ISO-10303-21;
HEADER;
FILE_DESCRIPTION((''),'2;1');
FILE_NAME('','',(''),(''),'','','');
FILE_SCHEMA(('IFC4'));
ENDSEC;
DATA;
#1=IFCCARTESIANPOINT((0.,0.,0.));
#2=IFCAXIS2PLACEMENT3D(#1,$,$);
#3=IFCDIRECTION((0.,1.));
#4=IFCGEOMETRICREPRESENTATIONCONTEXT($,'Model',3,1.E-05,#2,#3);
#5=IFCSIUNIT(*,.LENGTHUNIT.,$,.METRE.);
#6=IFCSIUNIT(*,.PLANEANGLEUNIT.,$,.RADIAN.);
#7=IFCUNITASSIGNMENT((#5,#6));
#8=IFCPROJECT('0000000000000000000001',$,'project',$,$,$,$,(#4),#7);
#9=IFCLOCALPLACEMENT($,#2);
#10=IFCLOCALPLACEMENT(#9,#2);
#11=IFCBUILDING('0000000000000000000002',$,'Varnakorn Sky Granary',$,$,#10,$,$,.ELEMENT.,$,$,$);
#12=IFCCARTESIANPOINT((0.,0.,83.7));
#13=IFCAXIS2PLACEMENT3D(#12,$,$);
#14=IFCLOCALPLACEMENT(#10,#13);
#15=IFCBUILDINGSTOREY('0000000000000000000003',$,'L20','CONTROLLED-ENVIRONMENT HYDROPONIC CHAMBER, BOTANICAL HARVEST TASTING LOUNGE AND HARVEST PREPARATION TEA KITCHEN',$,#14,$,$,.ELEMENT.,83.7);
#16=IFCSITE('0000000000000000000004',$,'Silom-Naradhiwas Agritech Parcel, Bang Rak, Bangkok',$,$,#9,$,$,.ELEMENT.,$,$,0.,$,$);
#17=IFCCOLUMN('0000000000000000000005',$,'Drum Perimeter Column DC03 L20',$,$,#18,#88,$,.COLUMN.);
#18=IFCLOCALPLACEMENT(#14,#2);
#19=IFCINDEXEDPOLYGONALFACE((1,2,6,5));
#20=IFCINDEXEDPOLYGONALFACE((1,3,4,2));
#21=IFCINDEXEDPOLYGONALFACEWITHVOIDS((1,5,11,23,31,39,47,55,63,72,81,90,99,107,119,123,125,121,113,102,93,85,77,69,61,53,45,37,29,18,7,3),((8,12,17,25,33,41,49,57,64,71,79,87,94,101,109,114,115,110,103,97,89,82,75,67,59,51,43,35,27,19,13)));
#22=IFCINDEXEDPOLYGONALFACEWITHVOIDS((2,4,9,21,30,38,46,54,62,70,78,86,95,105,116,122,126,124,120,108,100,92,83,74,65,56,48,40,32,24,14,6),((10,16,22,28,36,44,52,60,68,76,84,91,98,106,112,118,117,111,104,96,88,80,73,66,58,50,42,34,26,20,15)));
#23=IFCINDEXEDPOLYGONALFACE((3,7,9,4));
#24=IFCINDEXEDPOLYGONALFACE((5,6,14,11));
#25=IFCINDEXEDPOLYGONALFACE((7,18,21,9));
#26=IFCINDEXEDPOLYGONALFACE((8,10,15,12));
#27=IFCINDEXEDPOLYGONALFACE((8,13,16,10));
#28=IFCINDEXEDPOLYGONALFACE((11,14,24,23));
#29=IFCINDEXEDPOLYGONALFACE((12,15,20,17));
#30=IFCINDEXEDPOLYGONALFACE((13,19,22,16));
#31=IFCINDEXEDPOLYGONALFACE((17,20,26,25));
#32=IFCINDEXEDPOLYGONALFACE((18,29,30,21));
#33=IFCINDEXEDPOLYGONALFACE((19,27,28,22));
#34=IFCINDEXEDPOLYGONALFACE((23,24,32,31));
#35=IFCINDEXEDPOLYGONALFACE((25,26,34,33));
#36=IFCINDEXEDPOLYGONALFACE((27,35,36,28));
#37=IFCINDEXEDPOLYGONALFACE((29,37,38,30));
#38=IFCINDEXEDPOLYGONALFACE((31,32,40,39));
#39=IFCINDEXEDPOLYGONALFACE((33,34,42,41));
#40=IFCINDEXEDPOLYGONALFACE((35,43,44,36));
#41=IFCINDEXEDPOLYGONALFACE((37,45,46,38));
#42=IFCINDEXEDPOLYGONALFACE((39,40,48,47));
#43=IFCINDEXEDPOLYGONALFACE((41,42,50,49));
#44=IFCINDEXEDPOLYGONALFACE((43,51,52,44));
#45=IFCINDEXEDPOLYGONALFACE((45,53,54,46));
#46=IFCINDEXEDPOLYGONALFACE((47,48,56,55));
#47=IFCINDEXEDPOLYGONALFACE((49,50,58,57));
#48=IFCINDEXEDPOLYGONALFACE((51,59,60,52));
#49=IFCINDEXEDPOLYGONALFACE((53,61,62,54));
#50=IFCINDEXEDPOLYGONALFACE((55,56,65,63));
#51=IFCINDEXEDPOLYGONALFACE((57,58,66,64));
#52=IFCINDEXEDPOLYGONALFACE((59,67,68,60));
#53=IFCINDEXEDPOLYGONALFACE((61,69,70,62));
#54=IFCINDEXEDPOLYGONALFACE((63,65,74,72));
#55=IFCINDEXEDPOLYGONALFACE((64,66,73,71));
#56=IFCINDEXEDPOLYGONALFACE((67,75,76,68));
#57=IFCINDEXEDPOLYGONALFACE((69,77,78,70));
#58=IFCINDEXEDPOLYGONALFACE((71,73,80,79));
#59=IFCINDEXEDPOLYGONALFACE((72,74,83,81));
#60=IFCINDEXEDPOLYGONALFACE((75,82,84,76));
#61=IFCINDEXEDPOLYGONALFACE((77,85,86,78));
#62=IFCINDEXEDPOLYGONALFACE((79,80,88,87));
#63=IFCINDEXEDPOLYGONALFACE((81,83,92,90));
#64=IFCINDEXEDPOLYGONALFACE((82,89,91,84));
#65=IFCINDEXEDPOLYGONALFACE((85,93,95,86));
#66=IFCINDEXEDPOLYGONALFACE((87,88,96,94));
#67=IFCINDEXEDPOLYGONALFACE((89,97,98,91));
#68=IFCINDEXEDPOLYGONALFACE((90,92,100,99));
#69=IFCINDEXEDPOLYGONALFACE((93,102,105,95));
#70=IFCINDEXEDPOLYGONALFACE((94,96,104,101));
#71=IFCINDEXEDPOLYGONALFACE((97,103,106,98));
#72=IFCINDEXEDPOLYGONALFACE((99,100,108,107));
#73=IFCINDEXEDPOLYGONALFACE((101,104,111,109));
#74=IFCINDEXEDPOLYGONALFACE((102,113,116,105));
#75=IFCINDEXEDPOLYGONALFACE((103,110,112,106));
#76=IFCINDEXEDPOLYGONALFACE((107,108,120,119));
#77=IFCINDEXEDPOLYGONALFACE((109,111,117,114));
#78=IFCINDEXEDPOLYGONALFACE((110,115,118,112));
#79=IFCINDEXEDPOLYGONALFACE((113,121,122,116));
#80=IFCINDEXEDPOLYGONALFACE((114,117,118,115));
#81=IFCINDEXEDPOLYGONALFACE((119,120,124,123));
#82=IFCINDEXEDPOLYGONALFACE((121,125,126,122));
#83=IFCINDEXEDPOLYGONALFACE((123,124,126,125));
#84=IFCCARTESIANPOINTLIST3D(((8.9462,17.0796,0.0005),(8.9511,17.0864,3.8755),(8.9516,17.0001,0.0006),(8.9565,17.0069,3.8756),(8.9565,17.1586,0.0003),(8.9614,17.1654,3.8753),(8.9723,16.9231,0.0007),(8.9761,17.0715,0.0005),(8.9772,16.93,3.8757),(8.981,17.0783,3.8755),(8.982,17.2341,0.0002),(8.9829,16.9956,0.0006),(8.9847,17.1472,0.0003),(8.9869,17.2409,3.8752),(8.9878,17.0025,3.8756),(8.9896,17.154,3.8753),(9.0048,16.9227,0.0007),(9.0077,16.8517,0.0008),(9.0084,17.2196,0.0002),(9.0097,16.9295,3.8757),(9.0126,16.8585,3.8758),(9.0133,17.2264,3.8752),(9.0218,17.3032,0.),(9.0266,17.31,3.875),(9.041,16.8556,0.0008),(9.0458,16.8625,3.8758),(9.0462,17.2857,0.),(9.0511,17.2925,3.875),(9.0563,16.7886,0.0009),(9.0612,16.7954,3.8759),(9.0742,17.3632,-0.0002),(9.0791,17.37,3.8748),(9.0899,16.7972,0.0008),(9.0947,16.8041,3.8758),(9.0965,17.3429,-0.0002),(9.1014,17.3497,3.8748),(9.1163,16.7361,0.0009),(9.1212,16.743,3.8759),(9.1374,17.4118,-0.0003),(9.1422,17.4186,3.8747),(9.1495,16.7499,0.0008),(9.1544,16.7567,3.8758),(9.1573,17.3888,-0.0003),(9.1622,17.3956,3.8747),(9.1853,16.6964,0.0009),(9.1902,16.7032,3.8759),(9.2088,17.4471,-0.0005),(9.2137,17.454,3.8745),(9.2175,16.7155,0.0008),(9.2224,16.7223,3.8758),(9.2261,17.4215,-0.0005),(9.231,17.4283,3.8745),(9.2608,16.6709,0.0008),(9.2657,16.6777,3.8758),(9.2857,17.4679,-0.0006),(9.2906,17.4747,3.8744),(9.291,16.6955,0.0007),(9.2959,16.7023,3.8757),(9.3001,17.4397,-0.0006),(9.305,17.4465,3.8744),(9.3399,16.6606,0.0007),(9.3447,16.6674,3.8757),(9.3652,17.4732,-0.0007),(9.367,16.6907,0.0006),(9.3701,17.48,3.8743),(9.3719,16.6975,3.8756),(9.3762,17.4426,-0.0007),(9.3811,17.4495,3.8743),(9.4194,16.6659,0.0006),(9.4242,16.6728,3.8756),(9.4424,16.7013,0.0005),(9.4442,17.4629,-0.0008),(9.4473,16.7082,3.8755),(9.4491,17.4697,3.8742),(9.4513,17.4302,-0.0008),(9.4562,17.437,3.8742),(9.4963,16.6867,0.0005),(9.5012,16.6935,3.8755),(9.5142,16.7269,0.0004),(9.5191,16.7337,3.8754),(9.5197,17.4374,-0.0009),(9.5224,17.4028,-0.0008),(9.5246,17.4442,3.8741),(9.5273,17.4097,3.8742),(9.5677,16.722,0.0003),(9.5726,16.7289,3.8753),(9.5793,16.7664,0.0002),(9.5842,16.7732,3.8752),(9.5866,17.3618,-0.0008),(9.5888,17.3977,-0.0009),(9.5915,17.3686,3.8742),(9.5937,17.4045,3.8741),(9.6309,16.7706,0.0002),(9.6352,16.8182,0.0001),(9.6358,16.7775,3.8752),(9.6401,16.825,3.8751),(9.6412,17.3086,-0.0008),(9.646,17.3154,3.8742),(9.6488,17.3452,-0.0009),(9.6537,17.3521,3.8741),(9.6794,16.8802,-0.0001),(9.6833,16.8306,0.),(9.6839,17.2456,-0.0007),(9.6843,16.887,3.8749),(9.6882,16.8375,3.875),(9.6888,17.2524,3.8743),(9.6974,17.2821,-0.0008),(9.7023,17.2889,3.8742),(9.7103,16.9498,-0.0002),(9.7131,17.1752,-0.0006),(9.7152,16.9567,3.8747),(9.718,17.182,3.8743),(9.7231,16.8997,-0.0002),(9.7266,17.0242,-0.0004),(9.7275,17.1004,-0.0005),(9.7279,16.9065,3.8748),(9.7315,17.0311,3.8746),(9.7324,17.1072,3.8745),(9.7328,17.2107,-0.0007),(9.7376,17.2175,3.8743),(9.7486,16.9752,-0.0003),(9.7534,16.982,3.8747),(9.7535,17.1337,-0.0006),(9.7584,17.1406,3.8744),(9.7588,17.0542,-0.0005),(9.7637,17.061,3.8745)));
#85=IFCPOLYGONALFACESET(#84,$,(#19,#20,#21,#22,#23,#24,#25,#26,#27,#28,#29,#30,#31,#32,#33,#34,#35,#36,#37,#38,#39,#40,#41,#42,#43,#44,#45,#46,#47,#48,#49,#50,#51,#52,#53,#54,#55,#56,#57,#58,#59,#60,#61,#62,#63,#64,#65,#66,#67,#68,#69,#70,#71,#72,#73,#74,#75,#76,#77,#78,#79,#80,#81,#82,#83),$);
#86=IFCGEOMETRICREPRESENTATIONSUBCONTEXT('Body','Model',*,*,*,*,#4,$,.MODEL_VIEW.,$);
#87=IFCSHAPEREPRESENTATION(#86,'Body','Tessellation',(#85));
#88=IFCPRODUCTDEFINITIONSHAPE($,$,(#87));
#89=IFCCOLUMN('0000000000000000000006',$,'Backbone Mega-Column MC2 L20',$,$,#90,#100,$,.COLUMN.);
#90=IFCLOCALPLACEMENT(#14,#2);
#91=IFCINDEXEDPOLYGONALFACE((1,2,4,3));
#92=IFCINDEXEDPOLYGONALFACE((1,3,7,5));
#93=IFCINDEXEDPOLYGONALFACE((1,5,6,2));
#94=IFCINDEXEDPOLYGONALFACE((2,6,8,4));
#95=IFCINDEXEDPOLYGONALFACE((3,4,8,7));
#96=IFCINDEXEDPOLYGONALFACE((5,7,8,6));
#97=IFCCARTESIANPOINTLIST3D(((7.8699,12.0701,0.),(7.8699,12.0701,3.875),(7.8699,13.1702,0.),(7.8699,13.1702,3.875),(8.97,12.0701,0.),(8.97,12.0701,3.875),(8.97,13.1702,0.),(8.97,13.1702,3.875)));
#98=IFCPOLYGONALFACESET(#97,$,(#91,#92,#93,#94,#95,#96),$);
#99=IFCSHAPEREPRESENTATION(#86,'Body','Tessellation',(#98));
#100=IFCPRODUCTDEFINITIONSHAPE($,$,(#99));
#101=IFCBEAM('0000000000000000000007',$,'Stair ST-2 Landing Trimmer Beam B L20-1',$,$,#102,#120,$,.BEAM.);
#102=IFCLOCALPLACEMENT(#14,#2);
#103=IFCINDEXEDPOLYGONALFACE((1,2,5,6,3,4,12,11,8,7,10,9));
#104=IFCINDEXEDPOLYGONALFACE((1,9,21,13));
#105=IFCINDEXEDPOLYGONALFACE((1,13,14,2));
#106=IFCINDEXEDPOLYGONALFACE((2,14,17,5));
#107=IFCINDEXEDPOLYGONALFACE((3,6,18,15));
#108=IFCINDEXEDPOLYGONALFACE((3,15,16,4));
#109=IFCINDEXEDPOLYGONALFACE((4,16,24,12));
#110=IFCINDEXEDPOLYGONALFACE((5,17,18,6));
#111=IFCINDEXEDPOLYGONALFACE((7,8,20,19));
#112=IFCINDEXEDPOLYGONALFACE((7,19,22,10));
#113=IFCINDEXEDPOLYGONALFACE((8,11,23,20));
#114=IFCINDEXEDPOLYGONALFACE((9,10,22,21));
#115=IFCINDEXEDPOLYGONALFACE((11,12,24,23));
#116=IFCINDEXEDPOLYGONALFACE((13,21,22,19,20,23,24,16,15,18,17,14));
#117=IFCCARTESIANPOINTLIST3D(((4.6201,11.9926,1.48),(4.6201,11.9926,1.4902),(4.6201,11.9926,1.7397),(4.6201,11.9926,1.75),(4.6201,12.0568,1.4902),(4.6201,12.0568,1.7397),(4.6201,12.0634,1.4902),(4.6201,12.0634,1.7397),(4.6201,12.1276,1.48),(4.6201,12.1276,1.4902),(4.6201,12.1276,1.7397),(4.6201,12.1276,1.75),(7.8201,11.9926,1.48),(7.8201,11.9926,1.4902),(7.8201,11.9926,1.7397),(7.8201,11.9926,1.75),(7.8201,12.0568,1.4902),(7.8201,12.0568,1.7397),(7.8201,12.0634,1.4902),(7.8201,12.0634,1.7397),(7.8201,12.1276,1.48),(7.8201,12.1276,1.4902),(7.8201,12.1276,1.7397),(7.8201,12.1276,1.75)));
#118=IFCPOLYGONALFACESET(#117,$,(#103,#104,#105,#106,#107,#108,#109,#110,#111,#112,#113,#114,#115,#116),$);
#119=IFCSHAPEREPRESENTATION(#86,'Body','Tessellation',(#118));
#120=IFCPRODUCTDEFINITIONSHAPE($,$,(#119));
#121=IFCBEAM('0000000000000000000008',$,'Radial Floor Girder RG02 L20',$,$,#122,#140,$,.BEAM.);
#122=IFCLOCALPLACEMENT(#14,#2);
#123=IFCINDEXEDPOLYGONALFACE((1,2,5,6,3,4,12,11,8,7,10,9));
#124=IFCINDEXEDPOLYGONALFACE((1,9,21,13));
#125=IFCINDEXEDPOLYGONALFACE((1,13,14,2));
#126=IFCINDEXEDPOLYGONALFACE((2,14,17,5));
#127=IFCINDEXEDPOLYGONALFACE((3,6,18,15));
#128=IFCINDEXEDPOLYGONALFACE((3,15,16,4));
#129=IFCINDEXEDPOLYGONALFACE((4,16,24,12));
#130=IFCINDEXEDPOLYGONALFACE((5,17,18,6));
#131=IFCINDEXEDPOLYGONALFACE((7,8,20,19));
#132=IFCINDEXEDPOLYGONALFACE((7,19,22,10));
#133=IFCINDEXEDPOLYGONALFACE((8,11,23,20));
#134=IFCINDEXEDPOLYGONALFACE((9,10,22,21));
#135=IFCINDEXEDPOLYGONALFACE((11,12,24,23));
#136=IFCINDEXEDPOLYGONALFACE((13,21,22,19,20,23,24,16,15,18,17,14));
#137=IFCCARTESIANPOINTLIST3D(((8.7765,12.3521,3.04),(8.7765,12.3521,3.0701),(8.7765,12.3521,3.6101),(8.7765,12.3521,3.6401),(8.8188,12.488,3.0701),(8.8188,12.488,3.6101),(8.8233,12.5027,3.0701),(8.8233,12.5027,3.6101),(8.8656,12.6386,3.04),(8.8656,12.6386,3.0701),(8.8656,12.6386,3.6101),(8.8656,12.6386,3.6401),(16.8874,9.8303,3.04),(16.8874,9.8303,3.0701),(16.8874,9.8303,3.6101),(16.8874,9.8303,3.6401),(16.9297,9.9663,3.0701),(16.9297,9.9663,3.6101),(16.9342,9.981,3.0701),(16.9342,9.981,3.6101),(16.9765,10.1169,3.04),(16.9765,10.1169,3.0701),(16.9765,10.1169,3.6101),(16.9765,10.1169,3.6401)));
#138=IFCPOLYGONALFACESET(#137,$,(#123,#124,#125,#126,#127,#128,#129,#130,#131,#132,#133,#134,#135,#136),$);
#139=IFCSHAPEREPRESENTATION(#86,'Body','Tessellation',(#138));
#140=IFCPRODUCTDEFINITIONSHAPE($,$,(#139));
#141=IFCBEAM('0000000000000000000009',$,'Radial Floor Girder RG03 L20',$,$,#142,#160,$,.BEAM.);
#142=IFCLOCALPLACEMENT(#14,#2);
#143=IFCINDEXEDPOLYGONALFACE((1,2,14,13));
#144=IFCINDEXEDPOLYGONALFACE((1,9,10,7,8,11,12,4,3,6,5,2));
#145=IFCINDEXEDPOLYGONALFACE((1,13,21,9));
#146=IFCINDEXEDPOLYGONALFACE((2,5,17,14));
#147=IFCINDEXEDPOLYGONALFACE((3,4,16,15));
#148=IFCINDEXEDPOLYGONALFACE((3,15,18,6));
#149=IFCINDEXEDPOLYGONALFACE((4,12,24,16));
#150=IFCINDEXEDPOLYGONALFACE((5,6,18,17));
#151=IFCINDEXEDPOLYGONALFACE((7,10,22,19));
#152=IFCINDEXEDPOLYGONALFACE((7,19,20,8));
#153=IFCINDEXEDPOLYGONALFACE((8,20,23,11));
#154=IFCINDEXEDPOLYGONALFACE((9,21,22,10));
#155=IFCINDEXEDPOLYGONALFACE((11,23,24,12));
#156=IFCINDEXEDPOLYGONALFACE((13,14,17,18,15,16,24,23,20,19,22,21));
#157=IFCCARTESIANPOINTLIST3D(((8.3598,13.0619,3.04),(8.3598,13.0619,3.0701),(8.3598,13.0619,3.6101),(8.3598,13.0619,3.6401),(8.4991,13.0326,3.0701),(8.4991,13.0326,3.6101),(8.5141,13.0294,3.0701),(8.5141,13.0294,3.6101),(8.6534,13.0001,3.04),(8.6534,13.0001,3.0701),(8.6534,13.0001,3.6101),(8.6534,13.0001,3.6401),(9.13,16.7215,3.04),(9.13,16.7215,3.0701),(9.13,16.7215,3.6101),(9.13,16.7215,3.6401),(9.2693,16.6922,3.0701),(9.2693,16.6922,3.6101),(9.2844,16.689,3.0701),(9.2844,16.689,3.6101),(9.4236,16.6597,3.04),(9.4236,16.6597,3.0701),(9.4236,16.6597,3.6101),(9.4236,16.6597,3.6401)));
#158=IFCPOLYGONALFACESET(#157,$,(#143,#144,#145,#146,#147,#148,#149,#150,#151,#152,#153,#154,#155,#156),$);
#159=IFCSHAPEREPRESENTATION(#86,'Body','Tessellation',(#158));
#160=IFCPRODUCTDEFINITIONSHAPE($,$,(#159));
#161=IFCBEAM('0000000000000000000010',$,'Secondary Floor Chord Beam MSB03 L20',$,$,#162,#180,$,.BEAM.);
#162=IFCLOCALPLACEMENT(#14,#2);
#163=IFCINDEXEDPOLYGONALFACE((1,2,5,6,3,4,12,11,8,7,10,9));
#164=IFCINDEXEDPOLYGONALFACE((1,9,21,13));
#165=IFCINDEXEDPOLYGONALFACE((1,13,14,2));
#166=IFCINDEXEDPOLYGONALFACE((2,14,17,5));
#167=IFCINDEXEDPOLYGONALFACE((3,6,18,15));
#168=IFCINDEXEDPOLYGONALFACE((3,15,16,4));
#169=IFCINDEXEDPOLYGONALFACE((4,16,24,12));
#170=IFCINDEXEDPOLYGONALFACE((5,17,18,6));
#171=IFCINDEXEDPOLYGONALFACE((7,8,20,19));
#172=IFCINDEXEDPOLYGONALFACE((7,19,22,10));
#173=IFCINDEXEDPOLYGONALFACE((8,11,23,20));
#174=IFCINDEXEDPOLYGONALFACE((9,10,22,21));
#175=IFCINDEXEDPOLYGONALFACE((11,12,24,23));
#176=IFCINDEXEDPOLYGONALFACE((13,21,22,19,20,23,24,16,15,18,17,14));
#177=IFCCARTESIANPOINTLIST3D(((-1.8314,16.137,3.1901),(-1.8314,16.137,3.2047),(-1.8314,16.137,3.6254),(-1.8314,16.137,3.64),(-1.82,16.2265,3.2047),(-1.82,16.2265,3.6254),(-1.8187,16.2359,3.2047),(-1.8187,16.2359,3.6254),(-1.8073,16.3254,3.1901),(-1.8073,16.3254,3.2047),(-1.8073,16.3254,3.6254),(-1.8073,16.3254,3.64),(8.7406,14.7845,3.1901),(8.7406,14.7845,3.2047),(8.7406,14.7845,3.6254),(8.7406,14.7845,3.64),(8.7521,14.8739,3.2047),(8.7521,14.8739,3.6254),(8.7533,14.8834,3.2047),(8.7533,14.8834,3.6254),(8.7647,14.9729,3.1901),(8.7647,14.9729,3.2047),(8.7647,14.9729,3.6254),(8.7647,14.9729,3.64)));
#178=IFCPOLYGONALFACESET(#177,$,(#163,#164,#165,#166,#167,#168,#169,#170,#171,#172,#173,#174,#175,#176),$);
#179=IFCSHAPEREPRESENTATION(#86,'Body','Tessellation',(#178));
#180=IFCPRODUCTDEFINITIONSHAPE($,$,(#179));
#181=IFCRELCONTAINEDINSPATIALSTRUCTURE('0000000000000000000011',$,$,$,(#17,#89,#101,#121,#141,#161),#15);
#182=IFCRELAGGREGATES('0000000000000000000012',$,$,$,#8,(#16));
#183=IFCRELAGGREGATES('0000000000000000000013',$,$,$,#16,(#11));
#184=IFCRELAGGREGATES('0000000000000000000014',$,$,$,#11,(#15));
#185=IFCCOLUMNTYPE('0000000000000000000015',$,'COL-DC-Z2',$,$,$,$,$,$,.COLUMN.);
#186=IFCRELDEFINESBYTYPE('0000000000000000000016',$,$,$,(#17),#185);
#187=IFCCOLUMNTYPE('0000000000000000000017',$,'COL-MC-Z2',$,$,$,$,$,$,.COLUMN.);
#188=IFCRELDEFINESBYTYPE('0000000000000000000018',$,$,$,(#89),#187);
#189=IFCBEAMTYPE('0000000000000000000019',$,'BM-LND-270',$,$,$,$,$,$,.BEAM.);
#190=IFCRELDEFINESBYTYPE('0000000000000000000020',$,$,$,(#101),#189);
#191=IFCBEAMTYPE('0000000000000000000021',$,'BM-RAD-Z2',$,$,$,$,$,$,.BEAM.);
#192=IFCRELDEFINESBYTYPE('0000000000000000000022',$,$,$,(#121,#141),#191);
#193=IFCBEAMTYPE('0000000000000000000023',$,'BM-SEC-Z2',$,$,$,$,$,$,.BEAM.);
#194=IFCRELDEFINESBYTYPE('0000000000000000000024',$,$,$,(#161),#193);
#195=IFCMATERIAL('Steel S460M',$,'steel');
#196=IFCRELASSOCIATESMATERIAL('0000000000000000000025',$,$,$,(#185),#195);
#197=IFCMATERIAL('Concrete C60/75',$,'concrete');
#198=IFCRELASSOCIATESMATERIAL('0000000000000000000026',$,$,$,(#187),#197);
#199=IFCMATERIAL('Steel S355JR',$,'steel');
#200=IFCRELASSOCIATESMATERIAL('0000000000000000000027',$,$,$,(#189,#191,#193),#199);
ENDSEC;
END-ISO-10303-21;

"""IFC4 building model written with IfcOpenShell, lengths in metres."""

from ifc_helpers import new_model, si_unit, direction, frame, origin, origin_2d, place, context, subcontext, project, spatial, rectangle, hollow_circle, i_section, extrude, material, material_profile, profile_set, type_object, element, save


model = new_model("IFC4")

# Units and contexts
model_context = context("Model", 3, precision=1e-05, world=origin(), true_north=direction((0.0, 1.0)))
body_context = subcontext(model_context, "Body", "Model", "MODEL_VIEW")
ifc_project = project(units=[si_unit("LENGTHUNIT", "METRE"), si_unit("PLANEANGLEUNIT", "RADIAN")], contexts=[model_context])

# Site, building, storey
site_placement = place(None, origin())
site = spatial("IfcSite", under=ifc_project, at=site_placement, Name="Silom-Naradhiwas Agritech Parcel, Bang Rak, Bangkok", CompositionType="ELEMENT", RefElevation=0.0)
building_placement = place(site_placement, origin())
building = spatial("IfcBuilding", under=site, at=building_placement, Name="Varnakorn Sky Granary", CompositionType="ELEMENT")
storey_placement = place(building_placement, frame((0.0, 0.0, 83.7)))
storey = spatial("IfcBuildingStorey", under=building, at=storey_placement, Name="L20", Description="CONTROLLED-ENVIRONMENT HYDROPONIC CHAMBER, BOTANICAL HARVEST TASTING LOUNGE AND HARVEST PREPARATION TEA KITCHEN", CompositionType="ELEMENT", Elevation=83.7)

# Columns
ifc_material_1 = material(Name="Steel S460M", Category="steel")
ifc_material_profile_1 = material_profile(ifc_material_1, hollow_circle(Radius=0.4065, WallThickness=0.03, at=origin_2d()), Name="CHS 813x30")
ifc_profile_set_1 = profile_set([ifc_material_profile_1], Name="Steel S460M")
column_type_1 = type_object("IfcColumnType", Name="COL-DC-Z2", PredefinedType="COLUMN", material=ifc_profile_set_1)
column_1_placement = place(storey_placement, frame((9.3525, 17.0669, 0.0), z_axis=(0.00126, 0.001764, 0.999998), x_axis=(-0.813733, 0.581238, 0.0)))
element("IfcColumn", 1, at=column_1_placement, inside=storey, type_object=column_type_1, Name="Drum Perimeter Column DC03 L20", PredefinedType="COLUMN", context=body_context, shape_type="SweptSolid", body=[
    extrude(hollow_circle(Radius=0.4065, WallThickness=0.03, at=origin_2d()), origin(), (0.0, 0.0, 1.0), 3.875),
])
ifc_material_2 = material(Name="Concrete C60/75", Category="concrete")
ifc_material_profile_2 = material_profile(ifc_material_2, rectangle(XDim=1.1001, YDim=1.1001, at=origin_2d()), Name="RC 1100x1100")
ifc_profile_set_2 = profile_set([ifc_material_profile_2], Name="Concrete C60/75")
column_type_2 = type_object("IfcColumnType", Name="COL-MC-Z2", PredefinedType="COLUMN", material=ifc_profile_set_2)
column_2_placement = place(storey_placement, frame((8.4199, 12.6201, 0.0), z_axis=(0.0, 0.0, 1.0), x_axis=(1.0, 0.0, 0.0)))
element("IfcColumn", 2, at=column_2_placement, inside=storey, type_object=column_type_2, Name="Backbone Mega-Column MC2 L20", PredefinedType="COLUMN", context=body_context, shape_type="SweptSolid", body=[
    extrude(rectangle(XDim=1.1001, YDim=1.1001, at=origin_2d()), origin(), (0.0, 0.0, 1.0), 3.875),
])

# Beams
ifc_material_3 = material(Name="Steel S355JR", Category="steel")
ifc_material_profile_3 = material_profile(ifc_material_3, i_section(OverallWidth=0.135, OverallDepth=0.27, WebThickness=0.0066, FlangeThickness=0.0103, at=origin_2d()), Name="IPE 270")
ifc_profile_set_3 = profile_set([ifc_material_profile_3], Name="Steel S355JR")
beam_type_1 = type_object("IfcBeamType", Name="BM-LND-270", PredefinedType="BEAM", material=ifc_profile_set_3)
beam_1_placement = place(storey_placement, frame((4.6201, 12.0601, 1.615), z_axis=(1.0, 0.0, 0.0), x_axis=(0.0, 1.0, 0.0)))
element("IfcBeam", 3, at=beam_1_placement, inside=storey, type_object=beam_type_1, Name="Stair ST-2 Landing Trimmer Beam B L20-1", PredefinedType="BEAM", context=body_context, shape_type="SweptSolid", body=[
    extrude(i_section(OverallWidth=0.135, OverallDepth=0.27, WebThickness=0.0066, FlangeThickness=0.0103, at=origin_2d()), origin(), (0.0, 0.0, 1.0), 3.2),
])
ifc_material_profile_4 = material_profile(ifc_material_3, i_section(OverallWidth=0.3, OverallDepth=0.6001, WebThickness=0.0154, FlangeThickness=0.03, at=origin_2d()), Name="HE 600 B")
ifc_profile_set_4 = profile_set([ifc_material_profile_4], Name="Steel S355JR")
beam_type_2 = type_object("IfcBeamType", Name="BM-RAD-Z2", PredefinedType="BEAM", material=ifc_profile_set_4)
beam_2_placement = place(storey_placement, frame((8.821, 12.4954, 3.3401), z_axis=(0.954912, -0.29689, 0.0), x_axis=(0.29689, 0.954912, 0.0)))
element("IfcBeam", 4, at=beam_2_placement, inside=storey, type_object=beam_type_2, Name="Radial Floor Girder RG02 L20", PredefinedType="BEAM", context=body_context, shape_type="SweptSolid", body=[
    extrude(i_section(OverallWidth=0.3, OverallDepth=0.6001, WebThickness=0.0154, FlangeThickness=0.03, at=origin_2d()), origin(), (0.0, 0.0, 1.0), 8.4939),
])
beam_3_placement = place(storey_placement, frame((8.5066, 13.031, 3.3401), z_axis=(0.205961, 0.97856, 0.0), x_axis=(-0.97856, 0.205961, 0.0)))
element("IfcBeam", 5, at=beam_3_placement, inside=storey, type_object=beam_type_2, Name="Radial Floor Girder RG03 L20", PredefinedType="BEAM", context=body_context, shape_type="SweptSolid", body=[
    extrude(i_section(OverallWidth=0.3, OverallDepth=0.6001, WebThickness=0.0154, FlangeThickness=0.03, at=origin_2d()), origin(), (0.0, 0.0, 1.0), 3.7397),
])
ifc_material_profile_5 = material_profile(ifc_material_3, i_section(OverallWidth=0.1899, OverallDepth=0.45, WebThickness=0.0095, FlangeThickness=0.0146, at=origin_2d()), Name="IPE 450")
ifc_profile_set_5 = profile_set([ifc_material_profile_5], Name="Steel S355JR")
beam_type_3 = type_object("IfcBeamType", Name="BM-SEC-Z2", PredefinedType="BEAM", material=ifc_profile_set_5)
beam_4_placement = place(storey_placement, frame((8.7527, 14.8787, 3.415), z_axis=(-0.991915, 0.126901, 0.0), x_axis=(-0.126901, -0.991915, 0.0)))
element("IfcBeam", 6, at=beam_4_placement, inside=storey, type_object=beam_type_3, Name="Secondary Floor Chord Beam MSB03 L20", PredefinedType="BEAM", context=body_context, shape_type="SweptSolid", body=[
    extrude(i_section(OverallWidth=0.1899, OverallDepth=0.45, WebThickness=0.0095, FlangeThickness=0.0146, at=origin_2d()), origin(), (0.0, 0.0, 1.0), 10.6582),
])

save(model, "model.ifc")
